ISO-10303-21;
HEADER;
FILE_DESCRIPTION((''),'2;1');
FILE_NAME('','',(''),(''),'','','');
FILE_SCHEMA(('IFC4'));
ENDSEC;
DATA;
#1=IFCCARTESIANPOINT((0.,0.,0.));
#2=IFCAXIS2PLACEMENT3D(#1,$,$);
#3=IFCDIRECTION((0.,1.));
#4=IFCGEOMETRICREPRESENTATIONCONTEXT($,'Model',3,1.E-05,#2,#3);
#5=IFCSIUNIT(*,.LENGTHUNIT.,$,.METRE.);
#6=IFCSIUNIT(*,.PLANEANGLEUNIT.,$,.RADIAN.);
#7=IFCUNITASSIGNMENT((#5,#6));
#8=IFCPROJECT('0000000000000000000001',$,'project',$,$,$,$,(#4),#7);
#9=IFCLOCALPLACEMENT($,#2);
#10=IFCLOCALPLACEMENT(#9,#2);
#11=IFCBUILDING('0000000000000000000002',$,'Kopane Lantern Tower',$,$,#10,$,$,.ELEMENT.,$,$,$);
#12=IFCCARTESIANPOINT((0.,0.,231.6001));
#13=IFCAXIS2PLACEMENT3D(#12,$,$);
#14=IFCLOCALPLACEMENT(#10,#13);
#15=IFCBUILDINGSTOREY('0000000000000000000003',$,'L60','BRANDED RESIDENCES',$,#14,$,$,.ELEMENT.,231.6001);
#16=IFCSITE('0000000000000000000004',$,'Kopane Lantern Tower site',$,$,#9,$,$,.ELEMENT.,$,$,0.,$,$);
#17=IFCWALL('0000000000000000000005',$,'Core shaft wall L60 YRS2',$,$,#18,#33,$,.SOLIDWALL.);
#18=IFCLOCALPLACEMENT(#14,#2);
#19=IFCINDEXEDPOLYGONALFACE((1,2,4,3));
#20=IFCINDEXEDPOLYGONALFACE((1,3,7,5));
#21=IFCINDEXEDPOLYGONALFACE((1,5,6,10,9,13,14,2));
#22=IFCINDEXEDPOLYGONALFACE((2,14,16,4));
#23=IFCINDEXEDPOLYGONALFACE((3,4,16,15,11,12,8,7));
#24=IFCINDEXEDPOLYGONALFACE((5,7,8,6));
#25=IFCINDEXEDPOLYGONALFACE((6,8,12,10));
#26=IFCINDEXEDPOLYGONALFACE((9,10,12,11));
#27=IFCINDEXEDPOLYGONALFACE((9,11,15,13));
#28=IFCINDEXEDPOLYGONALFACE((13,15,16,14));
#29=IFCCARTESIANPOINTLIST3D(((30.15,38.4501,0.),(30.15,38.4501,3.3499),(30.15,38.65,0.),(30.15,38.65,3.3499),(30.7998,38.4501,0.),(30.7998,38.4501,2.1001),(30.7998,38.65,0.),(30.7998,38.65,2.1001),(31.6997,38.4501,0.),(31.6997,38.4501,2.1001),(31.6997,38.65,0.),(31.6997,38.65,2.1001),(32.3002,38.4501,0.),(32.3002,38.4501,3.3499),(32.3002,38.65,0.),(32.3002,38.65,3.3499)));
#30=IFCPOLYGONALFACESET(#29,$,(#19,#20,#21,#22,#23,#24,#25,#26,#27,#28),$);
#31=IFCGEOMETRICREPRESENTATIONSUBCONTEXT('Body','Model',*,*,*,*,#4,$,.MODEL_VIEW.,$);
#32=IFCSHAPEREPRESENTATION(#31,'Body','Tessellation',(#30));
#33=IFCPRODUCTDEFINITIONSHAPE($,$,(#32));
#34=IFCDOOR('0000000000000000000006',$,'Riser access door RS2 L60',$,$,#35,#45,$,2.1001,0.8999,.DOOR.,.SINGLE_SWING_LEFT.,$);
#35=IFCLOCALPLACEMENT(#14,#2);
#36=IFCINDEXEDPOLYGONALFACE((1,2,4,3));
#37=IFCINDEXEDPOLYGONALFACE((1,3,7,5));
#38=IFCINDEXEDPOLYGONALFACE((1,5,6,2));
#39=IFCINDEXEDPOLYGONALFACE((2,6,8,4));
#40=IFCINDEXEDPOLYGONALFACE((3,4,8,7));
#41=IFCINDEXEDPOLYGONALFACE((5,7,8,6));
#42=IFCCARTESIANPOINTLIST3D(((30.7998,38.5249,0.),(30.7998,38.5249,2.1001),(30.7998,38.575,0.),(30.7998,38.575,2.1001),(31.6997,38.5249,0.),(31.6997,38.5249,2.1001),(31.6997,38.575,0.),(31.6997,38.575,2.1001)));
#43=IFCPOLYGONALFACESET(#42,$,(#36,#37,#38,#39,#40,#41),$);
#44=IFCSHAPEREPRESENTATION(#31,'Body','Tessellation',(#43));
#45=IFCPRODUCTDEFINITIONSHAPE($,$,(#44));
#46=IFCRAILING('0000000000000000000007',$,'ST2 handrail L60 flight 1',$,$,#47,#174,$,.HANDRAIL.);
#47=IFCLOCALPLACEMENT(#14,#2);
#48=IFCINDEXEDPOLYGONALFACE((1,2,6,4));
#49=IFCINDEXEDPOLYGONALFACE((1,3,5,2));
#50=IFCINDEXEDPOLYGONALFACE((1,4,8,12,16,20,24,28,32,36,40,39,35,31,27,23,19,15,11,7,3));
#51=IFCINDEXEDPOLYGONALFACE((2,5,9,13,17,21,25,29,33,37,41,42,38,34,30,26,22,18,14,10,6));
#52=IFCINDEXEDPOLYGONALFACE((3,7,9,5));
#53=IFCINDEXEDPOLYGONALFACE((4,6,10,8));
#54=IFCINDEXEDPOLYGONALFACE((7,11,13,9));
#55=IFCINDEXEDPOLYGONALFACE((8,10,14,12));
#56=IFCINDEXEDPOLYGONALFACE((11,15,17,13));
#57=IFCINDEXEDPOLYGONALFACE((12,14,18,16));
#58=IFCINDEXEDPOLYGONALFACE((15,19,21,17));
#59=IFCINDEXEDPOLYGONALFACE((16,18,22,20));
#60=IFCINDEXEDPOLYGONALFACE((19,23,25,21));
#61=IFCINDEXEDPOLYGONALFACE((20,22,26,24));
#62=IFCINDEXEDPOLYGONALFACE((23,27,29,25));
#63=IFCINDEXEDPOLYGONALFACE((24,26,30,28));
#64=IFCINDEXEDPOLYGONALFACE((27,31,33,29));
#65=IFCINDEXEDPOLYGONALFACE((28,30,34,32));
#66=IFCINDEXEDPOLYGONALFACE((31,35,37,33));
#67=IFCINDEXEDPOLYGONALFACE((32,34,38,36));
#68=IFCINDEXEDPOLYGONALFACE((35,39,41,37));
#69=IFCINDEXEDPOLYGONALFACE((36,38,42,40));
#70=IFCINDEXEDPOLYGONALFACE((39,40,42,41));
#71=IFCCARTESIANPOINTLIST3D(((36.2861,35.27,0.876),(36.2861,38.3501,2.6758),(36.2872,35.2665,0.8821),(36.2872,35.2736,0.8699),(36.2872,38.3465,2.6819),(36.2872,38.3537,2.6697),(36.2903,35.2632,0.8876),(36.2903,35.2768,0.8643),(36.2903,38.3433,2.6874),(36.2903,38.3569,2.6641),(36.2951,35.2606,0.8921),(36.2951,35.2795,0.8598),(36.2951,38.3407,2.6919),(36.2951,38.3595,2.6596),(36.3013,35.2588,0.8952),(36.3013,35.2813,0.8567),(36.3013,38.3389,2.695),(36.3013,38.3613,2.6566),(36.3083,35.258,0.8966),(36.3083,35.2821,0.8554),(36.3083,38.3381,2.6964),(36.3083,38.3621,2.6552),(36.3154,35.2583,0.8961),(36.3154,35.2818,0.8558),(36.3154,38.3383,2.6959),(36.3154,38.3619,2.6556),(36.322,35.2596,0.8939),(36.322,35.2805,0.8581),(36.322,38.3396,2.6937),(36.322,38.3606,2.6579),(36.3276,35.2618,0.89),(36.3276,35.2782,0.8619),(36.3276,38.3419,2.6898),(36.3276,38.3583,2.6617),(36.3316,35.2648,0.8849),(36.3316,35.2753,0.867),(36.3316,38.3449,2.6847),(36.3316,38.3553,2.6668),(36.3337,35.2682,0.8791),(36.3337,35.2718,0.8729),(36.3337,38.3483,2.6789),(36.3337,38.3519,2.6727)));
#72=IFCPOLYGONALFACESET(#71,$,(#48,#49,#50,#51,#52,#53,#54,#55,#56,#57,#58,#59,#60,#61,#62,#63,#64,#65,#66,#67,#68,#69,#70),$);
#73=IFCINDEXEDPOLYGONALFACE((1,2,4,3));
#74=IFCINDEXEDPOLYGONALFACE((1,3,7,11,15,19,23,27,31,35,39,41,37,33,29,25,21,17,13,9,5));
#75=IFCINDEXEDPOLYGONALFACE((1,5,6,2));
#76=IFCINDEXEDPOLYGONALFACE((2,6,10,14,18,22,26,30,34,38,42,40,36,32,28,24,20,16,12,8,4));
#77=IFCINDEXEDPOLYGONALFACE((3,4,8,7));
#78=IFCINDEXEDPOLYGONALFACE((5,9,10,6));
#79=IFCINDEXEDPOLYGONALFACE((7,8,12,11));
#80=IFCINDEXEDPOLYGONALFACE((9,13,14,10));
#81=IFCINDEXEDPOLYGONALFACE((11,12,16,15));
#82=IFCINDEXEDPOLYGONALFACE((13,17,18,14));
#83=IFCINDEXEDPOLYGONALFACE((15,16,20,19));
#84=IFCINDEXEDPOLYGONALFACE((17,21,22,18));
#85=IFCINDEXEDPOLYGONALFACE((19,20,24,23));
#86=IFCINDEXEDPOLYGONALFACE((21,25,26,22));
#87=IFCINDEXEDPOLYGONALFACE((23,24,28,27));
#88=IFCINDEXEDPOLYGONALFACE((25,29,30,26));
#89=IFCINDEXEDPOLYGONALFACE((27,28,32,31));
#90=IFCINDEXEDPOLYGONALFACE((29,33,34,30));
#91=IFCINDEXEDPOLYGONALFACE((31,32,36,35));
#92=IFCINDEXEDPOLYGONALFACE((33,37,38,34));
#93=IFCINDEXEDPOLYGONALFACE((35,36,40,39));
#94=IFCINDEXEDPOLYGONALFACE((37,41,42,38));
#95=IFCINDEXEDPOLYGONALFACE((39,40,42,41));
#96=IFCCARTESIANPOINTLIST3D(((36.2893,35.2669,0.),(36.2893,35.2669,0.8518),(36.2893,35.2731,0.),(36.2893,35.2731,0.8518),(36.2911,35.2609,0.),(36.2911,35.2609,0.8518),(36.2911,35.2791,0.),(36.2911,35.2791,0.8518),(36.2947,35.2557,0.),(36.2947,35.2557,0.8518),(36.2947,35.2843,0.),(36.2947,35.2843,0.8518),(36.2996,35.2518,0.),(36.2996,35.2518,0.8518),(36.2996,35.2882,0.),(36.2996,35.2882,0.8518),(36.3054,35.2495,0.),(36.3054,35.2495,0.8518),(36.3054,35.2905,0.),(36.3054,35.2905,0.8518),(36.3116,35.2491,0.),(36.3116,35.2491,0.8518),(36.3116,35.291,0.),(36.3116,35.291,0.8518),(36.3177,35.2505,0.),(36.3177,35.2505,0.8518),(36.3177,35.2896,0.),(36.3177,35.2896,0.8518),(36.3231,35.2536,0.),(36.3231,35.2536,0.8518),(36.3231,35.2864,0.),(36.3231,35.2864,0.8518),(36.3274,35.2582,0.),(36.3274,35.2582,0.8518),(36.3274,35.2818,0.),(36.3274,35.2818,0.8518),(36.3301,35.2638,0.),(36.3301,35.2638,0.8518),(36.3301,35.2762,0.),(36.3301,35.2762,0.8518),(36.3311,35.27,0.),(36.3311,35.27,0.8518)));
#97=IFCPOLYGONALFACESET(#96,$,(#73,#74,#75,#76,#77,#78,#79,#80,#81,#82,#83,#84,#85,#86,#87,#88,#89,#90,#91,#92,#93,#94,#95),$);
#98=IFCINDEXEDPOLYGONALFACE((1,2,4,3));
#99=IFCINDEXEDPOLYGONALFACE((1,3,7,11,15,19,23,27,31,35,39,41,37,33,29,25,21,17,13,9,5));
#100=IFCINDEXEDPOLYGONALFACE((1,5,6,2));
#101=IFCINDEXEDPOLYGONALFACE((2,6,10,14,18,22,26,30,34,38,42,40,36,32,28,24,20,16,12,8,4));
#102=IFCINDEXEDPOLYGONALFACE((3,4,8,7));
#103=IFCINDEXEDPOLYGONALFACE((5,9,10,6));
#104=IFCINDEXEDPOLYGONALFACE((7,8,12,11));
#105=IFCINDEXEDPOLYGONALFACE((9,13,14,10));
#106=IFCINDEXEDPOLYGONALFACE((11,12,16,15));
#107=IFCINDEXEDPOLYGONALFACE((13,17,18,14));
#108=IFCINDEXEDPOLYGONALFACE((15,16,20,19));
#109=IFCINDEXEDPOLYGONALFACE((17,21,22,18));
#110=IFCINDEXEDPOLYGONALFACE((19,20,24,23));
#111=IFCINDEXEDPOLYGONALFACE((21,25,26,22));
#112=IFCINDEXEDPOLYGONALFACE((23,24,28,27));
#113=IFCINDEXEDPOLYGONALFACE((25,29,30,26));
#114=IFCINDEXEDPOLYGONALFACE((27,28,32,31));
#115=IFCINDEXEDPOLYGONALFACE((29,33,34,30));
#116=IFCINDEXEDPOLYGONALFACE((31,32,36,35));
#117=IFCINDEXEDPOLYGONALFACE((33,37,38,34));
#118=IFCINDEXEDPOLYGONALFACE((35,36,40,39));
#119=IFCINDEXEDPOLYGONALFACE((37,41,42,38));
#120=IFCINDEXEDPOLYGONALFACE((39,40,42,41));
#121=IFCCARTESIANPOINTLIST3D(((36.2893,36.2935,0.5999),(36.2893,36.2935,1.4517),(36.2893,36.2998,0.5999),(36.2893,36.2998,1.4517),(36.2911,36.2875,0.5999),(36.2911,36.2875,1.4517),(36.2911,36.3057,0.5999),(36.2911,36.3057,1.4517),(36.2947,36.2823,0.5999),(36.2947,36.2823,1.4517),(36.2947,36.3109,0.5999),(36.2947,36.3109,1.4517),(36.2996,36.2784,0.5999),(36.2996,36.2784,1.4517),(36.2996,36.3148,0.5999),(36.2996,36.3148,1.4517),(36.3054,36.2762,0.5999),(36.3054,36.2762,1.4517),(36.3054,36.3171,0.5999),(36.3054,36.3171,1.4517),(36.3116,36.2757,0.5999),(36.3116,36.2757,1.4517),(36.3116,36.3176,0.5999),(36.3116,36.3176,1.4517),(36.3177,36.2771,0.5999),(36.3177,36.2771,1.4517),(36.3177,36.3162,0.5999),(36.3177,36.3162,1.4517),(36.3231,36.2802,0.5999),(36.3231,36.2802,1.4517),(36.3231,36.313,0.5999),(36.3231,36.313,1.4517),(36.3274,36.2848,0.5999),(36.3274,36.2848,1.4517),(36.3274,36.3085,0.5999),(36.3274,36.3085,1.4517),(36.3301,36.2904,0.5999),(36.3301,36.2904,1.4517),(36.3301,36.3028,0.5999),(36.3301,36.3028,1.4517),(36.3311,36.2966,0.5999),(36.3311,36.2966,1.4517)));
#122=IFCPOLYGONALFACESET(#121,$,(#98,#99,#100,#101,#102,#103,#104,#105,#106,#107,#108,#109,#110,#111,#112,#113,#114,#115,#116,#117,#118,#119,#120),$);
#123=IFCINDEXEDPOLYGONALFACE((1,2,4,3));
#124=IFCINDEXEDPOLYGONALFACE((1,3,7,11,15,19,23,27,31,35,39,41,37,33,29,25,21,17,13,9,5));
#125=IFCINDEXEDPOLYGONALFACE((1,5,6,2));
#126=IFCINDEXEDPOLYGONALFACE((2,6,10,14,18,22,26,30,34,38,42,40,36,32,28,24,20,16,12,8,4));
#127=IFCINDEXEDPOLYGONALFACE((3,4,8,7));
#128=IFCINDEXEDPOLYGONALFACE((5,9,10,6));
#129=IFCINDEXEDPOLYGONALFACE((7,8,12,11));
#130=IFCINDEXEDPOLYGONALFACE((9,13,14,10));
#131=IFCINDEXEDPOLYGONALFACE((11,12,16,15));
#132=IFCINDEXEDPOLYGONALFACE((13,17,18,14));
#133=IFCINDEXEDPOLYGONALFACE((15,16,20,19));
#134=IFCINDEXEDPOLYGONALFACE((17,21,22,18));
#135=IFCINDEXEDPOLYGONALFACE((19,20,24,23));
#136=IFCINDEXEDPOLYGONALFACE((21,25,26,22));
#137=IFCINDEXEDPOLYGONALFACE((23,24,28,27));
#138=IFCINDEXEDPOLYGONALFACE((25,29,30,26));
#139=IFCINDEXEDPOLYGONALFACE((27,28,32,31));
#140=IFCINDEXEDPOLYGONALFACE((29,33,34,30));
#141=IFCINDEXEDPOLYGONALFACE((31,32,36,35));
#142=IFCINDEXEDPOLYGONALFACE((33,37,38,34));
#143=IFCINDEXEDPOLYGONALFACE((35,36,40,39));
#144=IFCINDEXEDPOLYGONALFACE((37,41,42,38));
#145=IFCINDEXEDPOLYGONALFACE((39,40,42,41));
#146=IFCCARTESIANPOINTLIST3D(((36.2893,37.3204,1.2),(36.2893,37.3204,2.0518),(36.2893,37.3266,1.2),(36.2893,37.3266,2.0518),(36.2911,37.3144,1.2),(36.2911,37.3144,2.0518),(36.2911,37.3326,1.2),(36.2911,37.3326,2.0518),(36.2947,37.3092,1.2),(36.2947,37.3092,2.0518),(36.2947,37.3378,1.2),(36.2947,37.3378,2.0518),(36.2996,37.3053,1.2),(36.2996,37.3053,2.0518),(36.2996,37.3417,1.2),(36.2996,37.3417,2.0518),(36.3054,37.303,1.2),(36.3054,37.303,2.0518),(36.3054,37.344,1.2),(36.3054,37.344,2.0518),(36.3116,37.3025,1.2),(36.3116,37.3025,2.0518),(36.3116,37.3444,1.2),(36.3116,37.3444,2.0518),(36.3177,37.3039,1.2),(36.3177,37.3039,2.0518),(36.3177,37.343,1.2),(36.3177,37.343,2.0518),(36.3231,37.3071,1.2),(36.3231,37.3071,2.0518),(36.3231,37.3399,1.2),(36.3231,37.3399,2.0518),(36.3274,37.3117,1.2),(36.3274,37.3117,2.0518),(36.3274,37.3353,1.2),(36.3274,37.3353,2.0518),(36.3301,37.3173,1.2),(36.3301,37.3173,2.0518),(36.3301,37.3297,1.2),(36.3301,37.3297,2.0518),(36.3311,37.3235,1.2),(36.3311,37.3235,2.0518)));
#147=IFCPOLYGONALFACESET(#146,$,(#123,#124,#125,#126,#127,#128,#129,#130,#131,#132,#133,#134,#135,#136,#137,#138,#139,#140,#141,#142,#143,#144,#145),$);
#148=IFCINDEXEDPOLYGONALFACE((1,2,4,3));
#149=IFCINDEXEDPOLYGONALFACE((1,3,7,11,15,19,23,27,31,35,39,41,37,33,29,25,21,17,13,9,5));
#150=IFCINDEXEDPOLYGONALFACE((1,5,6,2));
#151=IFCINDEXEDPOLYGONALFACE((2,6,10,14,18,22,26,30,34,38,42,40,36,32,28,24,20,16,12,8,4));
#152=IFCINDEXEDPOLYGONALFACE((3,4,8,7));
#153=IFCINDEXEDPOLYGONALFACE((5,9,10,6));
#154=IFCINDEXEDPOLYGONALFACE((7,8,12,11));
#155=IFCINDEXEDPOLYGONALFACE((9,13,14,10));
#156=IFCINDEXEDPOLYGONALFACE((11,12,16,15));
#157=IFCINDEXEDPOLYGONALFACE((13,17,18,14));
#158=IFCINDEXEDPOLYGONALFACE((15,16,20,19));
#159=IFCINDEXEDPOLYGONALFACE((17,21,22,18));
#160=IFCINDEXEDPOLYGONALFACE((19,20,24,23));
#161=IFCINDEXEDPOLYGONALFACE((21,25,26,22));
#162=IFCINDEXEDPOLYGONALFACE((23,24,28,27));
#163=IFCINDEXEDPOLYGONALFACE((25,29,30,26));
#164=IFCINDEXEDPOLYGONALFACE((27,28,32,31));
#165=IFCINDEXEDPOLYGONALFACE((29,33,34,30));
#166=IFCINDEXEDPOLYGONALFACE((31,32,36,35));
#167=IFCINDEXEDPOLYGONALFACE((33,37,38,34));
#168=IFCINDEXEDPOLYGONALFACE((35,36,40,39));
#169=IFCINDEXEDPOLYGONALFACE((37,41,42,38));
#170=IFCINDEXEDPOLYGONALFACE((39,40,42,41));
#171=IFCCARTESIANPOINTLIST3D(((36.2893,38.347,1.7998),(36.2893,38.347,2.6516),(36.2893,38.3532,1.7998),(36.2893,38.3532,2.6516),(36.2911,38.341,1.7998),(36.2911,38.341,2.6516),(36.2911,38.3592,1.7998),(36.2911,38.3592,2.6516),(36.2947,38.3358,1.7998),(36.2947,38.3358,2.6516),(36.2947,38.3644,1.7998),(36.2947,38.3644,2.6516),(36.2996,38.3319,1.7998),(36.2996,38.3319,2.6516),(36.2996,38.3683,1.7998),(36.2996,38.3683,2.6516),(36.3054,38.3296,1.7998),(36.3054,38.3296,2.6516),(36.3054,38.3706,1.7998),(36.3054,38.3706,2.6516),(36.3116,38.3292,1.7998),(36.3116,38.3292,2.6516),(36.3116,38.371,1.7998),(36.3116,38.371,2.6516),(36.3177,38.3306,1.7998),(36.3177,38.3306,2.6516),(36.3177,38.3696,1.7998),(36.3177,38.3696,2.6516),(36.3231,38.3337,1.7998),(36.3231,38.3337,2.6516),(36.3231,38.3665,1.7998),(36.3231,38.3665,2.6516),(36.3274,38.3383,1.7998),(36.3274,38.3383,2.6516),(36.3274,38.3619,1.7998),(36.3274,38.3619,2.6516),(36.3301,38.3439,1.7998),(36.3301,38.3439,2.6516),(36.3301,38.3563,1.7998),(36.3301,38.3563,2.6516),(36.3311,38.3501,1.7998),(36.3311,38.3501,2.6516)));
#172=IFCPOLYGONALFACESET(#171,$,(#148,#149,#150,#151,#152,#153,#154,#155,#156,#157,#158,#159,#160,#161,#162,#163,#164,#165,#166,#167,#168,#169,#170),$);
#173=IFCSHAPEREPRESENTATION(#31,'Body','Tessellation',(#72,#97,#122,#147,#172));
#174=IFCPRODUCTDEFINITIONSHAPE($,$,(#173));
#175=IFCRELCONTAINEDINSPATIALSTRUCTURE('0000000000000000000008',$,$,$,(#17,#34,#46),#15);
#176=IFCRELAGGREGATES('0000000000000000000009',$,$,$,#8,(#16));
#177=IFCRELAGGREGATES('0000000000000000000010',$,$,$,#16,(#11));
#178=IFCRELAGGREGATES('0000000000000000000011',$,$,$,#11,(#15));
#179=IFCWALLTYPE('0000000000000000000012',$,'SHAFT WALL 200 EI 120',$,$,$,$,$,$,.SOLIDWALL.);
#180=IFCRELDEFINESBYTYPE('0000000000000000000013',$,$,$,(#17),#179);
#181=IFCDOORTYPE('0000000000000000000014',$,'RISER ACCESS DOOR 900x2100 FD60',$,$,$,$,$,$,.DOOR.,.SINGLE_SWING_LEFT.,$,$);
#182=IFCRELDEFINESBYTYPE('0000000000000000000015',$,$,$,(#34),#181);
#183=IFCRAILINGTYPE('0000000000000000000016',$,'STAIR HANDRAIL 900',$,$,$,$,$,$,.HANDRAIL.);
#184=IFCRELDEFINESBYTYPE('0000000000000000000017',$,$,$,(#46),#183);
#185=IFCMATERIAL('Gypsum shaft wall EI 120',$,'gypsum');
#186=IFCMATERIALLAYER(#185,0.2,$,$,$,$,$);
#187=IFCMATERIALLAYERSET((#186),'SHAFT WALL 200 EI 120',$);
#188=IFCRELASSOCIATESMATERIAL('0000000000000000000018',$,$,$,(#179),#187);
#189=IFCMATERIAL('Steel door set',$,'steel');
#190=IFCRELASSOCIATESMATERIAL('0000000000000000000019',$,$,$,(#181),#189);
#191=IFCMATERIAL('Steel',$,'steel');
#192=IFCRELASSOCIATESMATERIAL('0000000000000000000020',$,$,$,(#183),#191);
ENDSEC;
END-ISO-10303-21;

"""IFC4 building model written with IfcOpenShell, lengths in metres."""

from ifc_helpers import new_model, si_unit, direction, frame, frame_2d, origin, origin_2d, place, context, subcontext, project, spatial, rectangle, circle, extrude, material, layer, layer_set, type_object, element, fill, save


model = new_model("IFC4")

# Units and contexts
model_context = context("Model", 3, precision=1e-05, world=origin(), true_north=direction((0.0, 1.0)))
body_context = subcontext(model_context, "Body", "Model", "MODEL_VIEW")
ifc_project = project(units=[si_unit("LENGTHUNIT", "METRE"), si_unit("PLANEANGLEUNIT", "RADIAN")], contexts=[model_context])

# Site, building, storey
site_placement = place(None, origin())
site = spatial("IfcSite", under=ifc_project, at=site_placement, Name="Kopane Lantern Tower site", CompositionType="ELEMENT", RefElevation=0.0)
building_placement = place(site_placement, origin())
building = spatial("IfcBuilding", under=site, at=building_placement, Name="Kopane Lantern Tower", CompositionType="ELEMENT")
storey_placement = place(building_placement, frame((0.0, 0.0, 231.6001)))
storey = spatial("IfcBuildingStorey", under=building, at=storey_placement, Name="L60", Description="BRANDED RESIDENCES", CompositionType="ELEMENT", Elevation=231.6001)

# Shared definitions
ifc_material_1 = material(Name="Gypsum shaft wall EI 120", Category="gypsum")
ifc_layer_1 = layer(ifc_material_1, 0.2)
ifc_layer_set_1 = layer_set([ifc_layer_1], Name="SHAFT WALL 200 EI 120")
wall_type_1 = type_object("IfcWallType", Name="SHAFT WALL 200 EI 120", PredefinedType="SOLIDWALL", material=ifc_layer_set_1)

# Wall, opening, door
wall_1_placement = place(storey_placement, frame((30.1499, 38.55, 0.0), z_axis=(0.0, 0.0, 1.0), x_axis=(1.0, 0.0, 0.0)))
wall_1 = element("IfcWall", 1, at=wall_1_placement, inside=storey, type_object=wall_type_1, Name="Core shaft wall L60 YRS2", PredefinedType="SOLIDWALL", context=body_context, shape_type="SweptSolid", body=[
    extrude(rectangle(XDim=2.1501, YDim=0.2, at=frame_2d((1.0752, 0.0))), origin(), (0.0, 0.0, 1.0), 3.3499),
])
opening_1_placement = place(wall_1_placement, frame((0.6499, 0.0, 0.0)))
opening_1 = element("IfcOpeningElement", 2, at=opening_1_placement, cuts=wall_1, PredefinedType="OPENING", context=body_context, shape_type="SweptSolid", body=[
    extrude(rectangle(XDim=0.8999, YDim=2.1001, at=frame_2d((0.45, 1.05))), frame((0.0, 0.1099, 0.0), z_axis=(0.0, -1.0, 0.0), x_axis=(1.0, 0.0, 0.0)), (0.0, 0.0, 1.0), 0.22),
])
ifc_material_2 = material(Name="Steel door set", Category="steel")
door_type_1 = type_object("IfcDoorType", Name="RISER ACCESS DOOR 900x2100 FD60", OperationType="SINGLE_SWING_LEFT", PredefinedType="DOOR", material=ifc_material_2)
door_1_placement = place(opening_1_placement, origin())
door_1 = element("IfcDoor", 3, at=door_1_placement, inside=storey, type_object=door_type_1, Name="Riser access door RS2 L60", OperationType="SINGLE_SWING_LEFT", OverallHeight=2.1001, OverallWidth=0.8999, PredefinedType="DOOR", context=body_context, shape_type="SweptSolid", body=[
    extrude(rectangle(XDim=0.8999, YDim=2.1001, at=frame_2d((0.45, 1.05))), frame((0.0, 0.0249, 0.0), z_axis=(0.0, -1.0, 0.0), x_axis=(1.0, 0.0, 0.0)), (0.0, 0.0, 1.0), 0.05),
])
fill(opening_1, door_1)

# Railing
ifc_material_3 = material(Name="Steel", Category="steel")
railing_type_1 = type_object("IfcRailingType", Name="STAIR HANDRAIL 900", PredefinedType="HANDRAIL", material=ifc_material_3)
for number, where, name in (
    (4, (36.3101, 35.27, 0.0), "ST2 handrail L60 flight 1"),
):
    element("IfcRailing", number, at=place(storey_placement, frame(where)), inside=storey, type_object=railing_type_1, Name=name, PredefinedType="HANDRAIL", context=body_context, shape_type="SweptSolid", body=[
        extrude(circle(Radius=0.0239, at=origin_2d()), frame((0.0, 0.0, 0.876), z_axis=(0.0, 0.863401, 0.504518), x_axis=(-1.0, 0.0, 0.0)), (0.0, 0.0, 1.0), 3.5674),
        extrude(circle(Radius=0.021, at=origin_2d()), origin(), (0.0, 0.0, 1.0), 0.8518),
        extrude(circle(Radius=0.021, at=origin_2d()), frame((0.0, 1.0266, 0.5999)), (0.0, 0.0, 1.0), 0.8518),
        extrude(circle(Radius=0.021, at=origin_2d()), frame((0.0, 2.0535, 1.2)), (0.0, 0.0, 1.0), 0.8518),
        extrude(circle(Radius=0.021, at=origin_2d()), frame((0.0, 3.0801, 1.7998)), (0.0, 0.0, 1.0), 0.8518),
    ])

save(model, "model.ifc")
